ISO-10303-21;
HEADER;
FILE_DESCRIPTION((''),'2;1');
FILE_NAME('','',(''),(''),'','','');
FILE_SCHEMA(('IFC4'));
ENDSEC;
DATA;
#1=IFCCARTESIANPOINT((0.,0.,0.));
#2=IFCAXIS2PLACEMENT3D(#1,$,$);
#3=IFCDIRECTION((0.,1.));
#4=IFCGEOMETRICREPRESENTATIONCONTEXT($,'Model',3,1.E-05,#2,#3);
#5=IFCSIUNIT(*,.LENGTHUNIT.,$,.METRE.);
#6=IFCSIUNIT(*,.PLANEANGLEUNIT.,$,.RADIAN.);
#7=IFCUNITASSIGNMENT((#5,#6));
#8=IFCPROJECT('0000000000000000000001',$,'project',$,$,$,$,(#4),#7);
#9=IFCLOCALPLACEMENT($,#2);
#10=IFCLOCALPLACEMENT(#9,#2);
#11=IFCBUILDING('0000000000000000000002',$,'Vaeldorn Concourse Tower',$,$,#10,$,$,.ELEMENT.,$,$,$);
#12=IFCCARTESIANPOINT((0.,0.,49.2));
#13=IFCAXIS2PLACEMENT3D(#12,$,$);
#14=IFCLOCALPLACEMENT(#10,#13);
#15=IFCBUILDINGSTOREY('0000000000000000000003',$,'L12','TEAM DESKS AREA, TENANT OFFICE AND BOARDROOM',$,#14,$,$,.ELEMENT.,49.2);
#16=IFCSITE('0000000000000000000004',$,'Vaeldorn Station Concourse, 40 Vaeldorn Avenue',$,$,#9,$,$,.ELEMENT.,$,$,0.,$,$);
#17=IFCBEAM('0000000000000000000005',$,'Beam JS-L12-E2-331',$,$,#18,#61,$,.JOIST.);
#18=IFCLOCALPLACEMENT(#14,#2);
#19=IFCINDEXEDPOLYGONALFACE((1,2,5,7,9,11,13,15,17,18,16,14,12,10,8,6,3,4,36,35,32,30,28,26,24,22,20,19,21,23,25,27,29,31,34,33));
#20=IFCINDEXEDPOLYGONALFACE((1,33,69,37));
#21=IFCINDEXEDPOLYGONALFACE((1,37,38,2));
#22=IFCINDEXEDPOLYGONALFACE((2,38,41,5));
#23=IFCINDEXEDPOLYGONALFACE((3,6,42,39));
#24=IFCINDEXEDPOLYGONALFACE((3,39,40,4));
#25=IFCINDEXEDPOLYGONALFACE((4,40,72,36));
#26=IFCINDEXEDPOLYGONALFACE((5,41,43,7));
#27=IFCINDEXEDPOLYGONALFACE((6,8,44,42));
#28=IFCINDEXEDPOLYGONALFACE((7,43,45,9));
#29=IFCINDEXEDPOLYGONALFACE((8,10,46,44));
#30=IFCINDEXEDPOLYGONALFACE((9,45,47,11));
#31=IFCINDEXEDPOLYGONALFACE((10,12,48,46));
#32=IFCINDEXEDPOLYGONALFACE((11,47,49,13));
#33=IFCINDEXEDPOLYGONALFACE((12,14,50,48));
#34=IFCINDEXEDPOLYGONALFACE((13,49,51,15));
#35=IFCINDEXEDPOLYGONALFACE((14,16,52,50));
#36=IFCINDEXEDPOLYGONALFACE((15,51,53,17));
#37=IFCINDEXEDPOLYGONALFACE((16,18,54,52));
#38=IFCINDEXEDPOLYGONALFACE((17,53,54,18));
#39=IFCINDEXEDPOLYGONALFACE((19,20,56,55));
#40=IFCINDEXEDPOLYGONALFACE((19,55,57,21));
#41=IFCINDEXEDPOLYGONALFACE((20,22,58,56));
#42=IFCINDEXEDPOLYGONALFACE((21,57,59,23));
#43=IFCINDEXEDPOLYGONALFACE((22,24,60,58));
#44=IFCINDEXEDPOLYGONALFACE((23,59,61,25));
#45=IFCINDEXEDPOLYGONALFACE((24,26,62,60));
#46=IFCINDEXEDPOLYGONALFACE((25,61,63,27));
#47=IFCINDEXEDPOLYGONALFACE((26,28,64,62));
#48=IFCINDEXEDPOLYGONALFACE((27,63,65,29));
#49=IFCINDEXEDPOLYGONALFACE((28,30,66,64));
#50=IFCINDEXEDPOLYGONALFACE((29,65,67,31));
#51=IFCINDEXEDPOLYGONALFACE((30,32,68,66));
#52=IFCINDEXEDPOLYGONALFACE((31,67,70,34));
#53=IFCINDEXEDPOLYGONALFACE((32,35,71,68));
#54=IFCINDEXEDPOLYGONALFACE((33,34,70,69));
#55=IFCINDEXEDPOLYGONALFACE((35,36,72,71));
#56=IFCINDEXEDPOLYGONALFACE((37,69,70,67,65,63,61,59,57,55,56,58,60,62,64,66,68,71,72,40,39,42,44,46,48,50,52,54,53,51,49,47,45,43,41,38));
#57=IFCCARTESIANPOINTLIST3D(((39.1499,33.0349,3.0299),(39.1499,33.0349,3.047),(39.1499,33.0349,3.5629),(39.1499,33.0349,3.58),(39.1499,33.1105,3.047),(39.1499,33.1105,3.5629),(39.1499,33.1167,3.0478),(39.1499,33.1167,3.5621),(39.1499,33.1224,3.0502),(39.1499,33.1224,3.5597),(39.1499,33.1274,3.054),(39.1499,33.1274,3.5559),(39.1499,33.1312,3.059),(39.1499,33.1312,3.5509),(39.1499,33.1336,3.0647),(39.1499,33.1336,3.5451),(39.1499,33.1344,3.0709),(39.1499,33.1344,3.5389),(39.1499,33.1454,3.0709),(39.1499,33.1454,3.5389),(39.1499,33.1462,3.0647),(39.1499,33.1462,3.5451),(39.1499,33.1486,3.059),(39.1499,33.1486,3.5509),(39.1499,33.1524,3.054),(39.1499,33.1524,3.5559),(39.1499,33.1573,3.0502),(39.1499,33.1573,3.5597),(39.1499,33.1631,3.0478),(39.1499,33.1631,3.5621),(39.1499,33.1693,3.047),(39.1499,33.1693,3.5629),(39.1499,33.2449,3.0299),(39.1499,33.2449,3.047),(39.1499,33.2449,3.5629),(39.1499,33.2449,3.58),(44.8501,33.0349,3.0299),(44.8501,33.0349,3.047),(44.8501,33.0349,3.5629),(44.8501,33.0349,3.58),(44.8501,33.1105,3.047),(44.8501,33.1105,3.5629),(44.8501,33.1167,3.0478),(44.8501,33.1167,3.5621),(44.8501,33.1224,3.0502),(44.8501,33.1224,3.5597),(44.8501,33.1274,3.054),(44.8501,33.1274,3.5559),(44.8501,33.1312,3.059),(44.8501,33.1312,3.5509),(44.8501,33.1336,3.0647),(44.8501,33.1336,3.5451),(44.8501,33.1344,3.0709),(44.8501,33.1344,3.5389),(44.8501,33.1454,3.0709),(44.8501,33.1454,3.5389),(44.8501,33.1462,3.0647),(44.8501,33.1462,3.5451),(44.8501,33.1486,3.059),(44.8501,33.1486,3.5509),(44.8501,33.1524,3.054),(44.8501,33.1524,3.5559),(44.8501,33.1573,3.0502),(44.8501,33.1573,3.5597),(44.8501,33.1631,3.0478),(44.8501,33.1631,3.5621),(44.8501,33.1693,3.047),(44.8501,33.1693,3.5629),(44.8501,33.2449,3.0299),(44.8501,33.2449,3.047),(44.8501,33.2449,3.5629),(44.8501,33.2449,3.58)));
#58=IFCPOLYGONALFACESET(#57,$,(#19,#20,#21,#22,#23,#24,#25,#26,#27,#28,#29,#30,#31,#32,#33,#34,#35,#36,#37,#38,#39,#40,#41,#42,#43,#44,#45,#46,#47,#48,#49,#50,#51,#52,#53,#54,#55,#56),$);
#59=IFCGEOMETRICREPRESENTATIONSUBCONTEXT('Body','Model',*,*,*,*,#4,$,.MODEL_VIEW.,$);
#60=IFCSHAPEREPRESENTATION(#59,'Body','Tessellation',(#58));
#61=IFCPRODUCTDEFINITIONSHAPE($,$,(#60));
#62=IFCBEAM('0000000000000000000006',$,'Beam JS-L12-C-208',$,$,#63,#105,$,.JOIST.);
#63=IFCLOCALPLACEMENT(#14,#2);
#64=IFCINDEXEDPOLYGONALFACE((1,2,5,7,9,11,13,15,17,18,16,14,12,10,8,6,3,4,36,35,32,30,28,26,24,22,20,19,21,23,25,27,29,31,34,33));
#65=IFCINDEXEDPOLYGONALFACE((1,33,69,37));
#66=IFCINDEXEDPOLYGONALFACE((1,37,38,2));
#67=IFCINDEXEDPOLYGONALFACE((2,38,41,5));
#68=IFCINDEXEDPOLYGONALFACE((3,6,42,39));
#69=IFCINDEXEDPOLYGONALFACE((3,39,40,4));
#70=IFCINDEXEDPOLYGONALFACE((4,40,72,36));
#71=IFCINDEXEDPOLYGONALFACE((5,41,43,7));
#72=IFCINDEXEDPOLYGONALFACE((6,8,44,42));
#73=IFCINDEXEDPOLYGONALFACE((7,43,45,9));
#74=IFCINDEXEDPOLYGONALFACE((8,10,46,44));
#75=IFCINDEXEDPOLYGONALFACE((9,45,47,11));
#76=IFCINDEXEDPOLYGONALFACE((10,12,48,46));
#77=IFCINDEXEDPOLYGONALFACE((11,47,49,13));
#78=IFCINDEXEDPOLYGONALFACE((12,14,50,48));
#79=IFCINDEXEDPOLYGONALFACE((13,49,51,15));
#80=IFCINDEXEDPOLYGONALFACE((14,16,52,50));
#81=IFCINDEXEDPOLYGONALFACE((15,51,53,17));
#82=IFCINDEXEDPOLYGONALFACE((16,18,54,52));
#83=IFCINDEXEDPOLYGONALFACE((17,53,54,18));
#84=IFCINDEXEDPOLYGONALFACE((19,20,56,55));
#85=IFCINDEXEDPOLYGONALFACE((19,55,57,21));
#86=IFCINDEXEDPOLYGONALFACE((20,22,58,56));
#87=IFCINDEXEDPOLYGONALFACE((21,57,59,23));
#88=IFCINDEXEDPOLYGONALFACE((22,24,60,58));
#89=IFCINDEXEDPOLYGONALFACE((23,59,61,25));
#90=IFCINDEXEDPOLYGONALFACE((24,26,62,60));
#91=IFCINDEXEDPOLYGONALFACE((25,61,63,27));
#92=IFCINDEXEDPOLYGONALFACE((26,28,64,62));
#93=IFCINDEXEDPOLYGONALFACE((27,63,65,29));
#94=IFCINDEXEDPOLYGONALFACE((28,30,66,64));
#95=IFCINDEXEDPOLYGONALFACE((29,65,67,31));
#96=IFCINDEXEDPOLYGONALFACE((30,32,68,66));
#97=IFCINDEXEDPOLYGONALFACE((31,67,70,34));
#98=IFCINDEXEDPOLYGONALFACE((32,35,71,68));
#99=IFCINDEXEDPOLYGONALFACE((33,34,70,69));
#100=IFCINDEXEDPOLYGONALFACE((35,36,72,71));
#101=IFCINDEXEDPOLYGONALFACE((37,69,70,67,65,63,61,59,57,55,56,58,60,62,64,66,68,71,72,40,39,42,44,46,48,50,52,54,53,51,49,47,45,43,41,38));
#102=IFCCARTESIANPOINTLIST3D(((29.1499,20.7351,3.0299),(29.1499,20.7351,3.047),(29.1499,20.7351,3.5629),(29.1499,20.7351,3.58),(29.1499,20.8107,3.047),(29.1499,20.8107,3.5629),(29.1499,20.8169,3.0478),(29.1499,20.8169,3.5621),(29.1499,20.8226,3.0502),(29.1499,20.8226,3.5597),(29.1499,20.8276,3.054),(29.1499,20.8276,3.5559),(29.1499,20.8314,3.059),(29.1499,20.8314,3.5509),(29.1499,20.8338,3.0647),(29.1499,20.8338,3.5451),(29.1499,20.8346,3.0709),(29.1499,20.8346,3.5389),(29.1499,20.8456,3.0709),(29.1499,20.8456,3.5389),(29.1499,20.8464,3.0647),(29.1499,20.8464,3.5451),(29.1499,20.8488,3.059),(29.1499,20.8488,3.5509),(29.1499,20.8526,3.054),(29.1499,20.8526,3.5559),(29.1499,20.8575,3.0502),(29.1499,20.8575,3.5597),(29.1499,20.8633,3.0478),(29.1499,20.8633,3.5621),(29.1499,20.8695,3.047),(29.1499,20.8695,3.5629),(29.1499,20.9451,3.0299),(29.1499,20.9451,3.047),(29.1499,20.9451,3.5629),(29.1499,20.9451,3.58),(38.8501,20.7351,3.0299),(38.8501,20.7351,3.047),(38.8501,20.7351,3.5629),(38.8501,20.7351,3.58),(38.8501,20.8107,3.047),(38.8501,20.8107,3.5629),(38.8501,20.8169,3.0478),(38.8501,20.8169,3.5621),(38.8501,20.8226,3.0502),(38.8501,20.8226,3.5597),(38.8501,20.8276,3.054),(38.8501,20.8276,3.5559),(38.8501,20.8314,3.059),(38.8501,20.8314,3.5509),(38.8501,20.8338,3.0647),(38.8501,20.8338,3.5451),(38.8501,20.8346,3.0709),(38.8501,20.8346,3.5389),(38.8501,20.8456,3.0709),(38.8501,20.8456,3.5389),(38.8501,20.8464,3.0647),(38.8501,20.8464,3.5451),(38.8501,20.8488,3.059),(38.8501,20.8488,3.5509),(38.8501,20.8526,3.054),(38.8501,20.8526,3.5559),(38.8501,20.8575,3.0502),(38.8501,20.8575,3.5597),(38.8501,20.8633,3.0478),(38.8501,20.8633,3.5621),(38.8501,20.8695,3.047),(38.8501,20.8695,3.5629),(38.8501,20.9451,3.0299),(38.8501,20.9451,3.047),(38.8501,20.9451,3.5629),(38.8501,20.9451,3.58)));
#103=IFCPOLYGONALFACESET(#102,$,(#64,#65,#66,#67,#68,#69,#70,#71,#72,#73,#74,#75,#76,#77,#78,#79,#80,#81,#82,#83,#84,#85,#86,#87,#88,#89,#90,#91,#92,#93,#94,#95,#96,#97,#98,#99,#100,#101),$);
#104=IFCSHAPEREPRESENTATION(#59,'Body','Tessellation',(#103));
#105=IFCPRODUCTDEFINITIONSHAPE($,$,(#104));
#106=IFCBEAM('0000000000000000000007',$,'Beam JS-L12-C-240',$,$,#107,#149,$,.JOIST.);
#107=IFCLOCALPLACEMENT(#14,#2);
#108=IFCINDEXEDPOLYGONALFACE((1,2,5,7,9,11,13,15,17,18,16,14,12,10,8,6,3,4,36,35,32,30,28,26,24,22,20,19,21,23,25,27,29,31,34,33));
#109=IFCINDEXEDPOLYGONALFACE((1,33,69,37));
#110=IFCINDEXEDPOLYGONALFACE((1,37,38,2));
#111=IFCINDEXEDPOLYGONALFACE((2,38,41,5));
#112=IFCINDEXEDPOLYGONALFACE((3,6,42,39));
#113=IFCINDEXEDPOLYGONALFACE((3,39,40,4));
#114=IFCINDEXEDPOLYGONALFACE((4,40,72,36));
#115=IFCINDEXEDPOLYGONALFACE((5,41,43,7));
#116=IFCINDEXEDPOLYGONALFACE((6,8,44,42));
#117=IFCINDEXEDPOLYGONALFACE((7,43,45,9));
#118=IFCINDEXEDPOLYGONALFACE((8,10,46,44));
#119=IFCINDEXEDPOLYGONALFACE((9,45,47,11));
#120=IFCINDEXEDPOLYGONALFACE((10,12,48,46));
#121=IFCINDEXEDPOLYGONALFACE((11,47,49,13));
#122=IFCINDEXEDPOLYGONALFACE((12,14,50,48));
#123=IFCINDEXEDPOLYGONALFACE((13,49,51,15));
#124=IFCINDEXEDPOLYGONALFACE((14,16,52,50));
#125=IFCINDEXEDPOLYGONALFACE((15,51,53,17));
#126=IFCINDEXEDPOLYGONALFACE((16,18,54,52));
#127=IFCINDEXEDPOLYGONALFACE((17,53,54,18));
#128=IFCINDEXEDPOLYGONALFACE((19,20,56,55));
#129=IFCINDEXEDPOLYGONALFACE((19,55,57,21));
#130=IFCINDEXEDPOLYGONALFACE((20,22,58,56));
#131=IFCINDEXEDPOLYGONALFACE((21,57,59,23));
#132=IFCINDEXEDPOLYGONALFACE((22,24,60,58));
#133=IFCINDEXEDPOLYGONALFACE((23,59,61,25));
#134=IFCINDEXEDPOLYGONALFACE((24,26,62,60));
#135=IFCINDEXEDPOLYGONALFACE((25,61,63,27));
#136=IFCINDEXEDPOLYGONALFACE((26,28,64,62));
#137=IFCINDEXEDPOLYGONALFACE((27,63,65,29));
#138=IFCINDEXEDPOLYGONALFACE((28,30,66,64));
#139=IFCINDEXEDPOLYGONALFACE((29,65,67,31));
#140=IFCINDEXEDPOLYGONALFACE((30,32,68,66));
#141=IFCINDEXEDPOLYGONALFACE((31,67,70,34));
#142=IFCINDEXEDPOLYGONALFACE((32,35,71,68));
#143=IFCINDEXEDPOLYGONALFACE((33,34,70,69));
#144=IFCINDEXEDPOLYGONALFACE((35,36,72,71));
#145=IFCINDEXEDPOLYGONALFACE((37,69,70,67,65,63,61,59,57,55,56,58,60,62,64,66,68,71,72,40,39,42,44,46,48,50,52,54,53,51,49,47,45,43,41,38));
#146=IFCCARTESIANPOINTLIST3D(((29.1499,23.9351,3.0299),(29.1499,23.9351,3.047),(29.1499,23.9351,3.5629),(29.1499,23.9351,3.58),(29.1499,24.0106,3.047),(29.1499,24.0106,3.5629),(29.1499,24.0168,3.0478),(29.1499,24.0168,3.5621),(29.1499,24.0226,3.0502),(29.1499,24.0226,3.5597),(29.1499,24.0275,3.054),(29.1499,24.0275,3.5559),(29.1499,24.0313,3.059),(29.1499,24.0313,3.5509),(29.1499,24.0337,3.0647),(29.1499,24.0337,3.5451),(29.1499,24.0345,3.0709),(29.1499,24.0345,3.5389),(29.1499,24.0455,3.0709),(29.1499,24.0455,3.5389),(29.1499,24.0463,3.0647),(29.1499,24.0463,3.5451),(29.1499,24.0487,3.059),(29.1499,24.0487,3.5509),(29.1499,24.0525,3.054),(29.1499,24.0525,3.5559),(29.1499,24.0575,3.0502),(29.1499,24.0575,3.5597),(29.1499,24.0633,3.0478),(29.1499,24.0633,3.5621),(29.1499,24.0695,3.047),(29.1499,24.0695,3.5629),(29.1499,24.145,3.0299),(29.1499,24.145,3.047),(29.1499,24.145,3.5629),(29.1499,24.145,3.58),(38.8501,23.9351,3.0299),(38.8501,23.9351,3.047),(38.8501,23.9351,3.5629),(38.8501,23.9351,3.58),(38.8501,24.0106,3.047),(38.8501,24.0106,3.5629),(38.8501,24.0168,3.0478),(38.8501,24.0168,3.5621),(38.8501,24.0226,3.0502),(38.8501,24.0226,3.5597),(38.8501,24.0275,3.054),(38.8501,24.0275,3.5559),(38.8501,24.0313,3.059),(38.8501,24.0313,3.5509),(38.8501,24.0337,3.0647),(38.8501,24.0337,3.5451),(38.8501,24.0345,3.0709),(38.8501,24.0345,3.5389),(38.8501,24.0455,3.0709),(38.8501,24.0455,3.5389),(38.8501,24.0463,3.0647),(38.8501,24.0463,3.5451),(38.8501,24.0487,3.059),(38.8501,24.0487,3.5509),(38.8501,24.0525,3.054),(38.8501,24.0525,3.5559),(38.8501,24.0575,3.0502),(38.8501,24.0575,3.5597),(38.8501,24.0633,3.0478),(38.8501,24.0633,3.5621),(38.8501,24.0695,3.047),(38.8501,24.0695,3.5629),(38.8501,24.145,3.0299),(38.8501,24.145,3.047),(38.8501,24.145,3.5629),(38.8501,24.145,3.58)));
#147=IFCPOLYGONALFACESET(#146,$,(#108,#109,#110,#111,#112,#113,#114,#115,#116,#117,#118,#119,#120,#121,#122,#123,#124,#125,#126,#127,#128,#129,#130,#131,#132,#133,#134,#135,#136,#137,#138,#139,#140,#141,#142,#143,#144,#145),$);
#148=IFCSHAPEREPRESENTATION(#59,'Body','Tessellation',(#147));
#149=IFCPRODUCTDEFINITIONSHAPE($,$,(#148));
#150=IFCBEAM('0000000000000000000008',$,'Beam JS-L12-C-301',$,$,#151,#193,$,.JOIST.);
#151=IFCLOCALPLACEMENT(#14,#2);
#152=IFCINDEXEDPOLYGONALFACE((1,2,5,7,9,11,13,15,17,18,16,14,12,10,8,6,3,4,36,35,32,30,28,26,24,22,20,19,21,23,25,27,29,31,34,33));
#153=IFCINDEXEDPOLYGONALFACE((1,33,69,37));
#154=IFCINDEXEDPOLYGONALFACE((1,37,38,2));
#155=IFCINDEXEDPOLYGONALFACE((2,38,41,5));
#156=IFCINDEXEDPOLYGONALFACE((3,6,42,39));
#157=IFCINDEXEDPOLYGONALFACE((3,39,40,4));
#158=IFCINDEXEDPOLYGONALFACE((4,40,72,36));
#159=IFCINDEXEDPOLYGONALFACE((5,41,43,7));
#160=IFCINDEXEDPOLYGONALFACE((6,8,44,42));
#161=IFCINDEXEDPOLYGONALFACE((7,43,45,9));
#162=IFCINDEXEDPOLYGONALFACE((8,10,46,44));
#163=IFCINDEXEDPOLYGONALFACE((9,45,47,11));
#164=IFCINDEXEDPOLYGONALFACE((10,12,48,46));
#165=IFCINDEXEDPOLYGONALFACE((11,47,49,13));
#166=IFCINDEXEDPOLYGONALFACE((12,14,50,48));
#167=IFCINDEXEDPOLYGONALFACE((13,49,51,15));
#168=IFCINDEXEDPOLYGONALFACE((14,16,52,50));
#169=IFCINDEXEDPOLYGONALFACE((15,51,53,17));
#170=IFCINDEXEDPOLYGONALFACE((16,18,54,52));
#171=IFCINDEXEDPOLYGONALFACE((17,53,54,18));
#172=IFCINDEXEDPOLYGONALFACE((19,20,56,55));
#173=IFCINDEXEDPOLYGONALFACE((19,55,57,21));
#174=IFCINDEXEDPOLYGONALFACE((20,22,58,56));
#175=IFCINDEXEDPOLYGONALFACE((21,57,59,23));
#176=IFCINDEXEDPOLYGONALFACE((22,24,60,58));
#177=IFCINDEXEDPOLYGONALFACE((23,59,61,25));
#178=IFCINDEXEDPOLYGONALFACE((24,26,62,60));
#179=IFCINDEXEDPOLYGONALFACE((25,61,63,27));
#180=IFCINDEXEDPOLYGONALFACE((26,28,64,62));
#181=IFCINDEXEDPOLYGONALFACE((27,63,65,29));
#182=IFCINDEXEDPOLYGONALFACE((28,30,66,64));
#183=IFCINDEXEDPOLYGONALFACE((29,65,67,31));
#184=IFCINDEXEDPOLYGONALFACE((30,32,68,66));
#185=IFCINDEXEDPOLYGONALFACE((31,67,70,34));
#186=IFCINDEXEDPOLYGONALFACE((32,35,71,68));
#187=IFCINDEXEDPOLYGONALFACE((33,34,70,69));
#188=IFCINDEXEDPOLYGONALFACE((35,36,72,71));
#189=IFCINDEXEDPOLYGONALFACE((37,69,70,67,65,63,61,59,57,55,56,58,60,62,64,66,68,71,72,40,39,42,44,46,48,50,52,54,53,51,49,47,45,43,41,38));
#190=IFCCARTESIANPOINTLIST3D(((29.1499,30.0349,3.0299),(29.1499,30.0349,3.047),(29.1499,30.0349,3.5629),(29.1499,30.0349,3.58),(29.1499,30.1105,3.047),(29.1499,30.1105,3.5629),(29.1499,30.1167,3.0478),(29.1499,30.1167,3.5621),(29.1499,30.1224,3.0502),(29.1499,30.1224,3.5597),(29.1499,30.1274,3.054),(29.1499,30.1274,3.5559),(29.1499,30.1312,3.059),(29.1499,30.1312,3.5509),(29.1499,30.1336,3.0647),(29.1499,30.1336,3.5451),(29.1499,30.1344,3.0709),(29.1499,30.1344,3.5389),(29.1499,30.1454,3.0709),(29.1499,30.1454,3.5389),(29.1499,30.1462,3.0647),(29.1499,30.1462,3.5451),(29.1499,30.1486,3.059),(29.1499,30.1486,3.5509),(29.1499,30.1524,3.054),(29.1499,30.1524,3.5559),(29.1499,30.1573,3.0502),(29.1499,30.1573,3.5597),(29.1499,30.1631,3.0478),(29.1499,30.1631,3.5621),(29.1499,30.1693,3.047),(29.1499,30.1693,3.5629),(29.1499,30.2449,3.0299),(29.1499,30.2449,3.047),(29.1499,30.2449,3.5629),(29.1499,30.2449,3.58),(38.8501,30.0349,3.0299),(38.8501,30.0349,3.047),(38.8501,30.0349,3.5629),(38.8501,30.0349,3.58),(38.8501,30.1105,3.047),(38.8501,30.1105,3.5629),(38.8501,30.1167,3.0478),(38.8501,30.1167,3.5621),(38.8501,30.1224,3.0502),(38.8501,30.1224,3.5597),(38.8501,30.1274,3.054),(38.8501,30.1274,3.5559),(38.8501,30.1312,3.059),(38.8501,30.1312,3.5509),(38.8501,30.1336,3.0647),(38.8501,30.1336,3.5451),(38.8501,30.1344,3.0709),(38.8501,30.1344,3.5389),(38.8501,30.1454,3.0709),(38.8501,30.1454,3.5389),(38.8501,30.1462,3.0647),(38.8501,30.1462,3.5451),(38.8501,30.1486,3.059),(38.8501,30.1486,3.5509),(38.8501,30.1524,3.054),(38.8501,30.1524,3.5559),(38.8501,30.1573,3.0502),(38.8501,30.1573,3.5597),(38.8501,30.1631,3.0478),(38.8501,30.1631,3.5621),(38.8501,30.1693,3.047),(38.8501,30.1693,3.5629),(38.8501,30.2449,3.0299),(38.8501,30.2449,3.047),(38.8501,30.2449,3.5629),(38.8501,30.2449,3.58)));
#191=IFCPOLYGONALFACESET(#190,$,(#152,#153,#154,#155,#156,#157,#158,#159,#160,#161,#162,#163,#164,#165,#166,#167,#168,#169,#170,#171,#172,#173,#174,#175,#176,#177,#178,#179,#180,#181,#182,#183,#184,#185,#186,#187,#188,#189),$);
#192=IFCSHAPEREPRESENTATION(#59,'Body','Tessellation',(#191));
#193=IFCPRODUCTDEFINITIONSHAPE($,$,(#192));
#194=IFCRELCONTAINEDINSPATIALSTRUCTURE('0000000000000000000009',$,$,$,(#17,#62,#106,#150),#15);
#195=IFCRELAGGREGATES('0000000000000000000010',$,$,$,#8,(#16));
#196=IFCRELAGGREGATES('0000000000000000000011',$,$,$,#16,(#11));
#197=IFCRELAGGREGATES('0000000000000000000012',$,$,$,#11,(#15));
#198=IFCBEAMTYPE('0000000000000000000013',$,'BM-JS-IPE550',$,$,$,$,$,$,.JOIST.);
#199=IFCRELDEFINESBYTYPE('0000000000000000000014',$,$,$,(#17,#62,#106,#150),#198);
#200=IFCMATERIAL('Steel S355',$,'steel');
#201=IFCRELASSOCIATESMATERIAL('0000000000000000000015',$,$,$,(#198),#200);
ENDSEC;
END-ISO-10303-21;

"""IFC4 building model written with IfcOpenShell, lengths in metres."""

from ifc_helpers import new_model, si_unit, direction, frame, origin, origin_2d, place, context, subcontext, project, spatial, i_section, extrude, source, transform, mapped, material, material_profile, profile_set, type_object, element, save


model = new_model("IFC4")

# Units and contexts
model_context = context("Model", 3, precision=1e-05, world=origin(), true_north=direction((0.0, 1.0)))
body_context = subcontext(model_context, "Body", "Model", "MODEL_VIEW")
ifc_project = project(units=[si_unit("LENGTHUNIT", "METRE"), si_unit("PLANEANGLEUNIT", "RADIAN")], contexts=[model_context])

# Site, building, storey
site_placement = place(None, origin())
site = spatial("IfcSite", under=ifc_project, at=site_placement, Name="Vaeldorn Station Concourse, 40 Vaeldorn Avenue", CompositionType="ELEMENT", RefElevation=0.0)
building_placement = place(site_placement, origin())
building = spatial("IfcBuilding", under=site, at=building_placement, Name="Vaeldorn Concourse Tower", CompositionType="ELEMENT")
storey_placement = place(building_placement, frame((0.0, 0.0, 49.2)))
storey = spatial("IfcBuildingStorey", under=building, at=storey_placement, Name="L12", Description="TEAM DESKS AREA, TENANT OFFICE AND BOARDROOM", CompositionType="ELEMENT", Elevation=49.2)

# Beams
ifc_material_1 = material(Name="Steel S355", Category="steel")
ifc_material_profile_1 = material_profile(ifc_material_1, i_section(OverallWidth=0.21, OverallDepth=0.55, WebThickness=0.011, FlangeThickness=0.0171, FilletRadius=0.0239, at=origin_2d()), Name="IPE 550")
ifc_profile_set_1 = profile_set([ifc_material_profile_1], Name="Steel S355")
beam_type_1 = type_object("IfcBeamType", Name="BM-JS-IPE550", PredefinedType="JOIST", material=ifc_profile_set_1)
shared_shape_1 = source(origin(), body_context, "Body", "SweptSolid", [
    extrude(i_section(OverallWidth=0.21, OverallDepth=0.55, WebThickness=0.011, FlangeThickness=0.0171, FilletRadius=0.0239, at=origin_2d()), origin(), (0.0, 0.0, 1.0), 5.7002),
])
for number, where, z_axis, x_axis, name in (
    (1, (39.1499, 33.1399, 3.3049), (1.0, 0.0, 0.0), (0.0, 1.0, 0.0), "Beam JS-L12-E2-331"),
):
    element("IfcBeam", number, at=place(storey_placement, frame(where, z_axis=z_axis, x_axis=x_axis)), inside=storey, type_object=beam_type_1, Name=name, PredefinedType="JOIST", context=body_context, shape_type="MappedRepresentation", body=[
        mapped(shared_shape_1, transform((0.0, 0.0, 0.0), scale=1.0)),
    ])
shared_shape_2 = source(origin(), body_context, "Body", "SweptSolid", [
    extrude(i_section(OverallWidth=0.21, OverallDepth=0.55, WebThickness=0.011, FlangeThickness=0.0171, FilletRadius=0.0239, at=origin_2d()), origin(), (0.0, 0.0, 1.0), 9.7002),
])
for number, where, z_axis, x_axis, name in (
    (2, (29.1499, 20.8401, 3.3049), (1.0, 0.0, 0.0), (0.0, 1.0, 0.0), "Beam JS-L12-C-208"),
    (3, (29.1499, 24.04, 3.3049), (1.0, 0.0, 0.0), (0.0, 1.0, 0.0), "Beam JS-L12-C-240"),
    (4, (29.1499, 30.1399, 3.3049), (1.0, 0.0, 0.0), (0.0, 1.0, 0.0), "Beam JS-L12-C-301"),
):
    element("IfcBeam", number, at=place(storey_placement, frame(where, z_axis=z_axis, x_axis=x_axis)), inside=storey, type_object=beam_type_1, Name=name, PredefinedType="JOIST", context=body_context, shape_type="MappedRepresentation", body=[
        mapped(shared_shape_2, transform((0.0, 0.0, 0.0), scale=1.0)),
    ])

save(model, "model.ifc")
